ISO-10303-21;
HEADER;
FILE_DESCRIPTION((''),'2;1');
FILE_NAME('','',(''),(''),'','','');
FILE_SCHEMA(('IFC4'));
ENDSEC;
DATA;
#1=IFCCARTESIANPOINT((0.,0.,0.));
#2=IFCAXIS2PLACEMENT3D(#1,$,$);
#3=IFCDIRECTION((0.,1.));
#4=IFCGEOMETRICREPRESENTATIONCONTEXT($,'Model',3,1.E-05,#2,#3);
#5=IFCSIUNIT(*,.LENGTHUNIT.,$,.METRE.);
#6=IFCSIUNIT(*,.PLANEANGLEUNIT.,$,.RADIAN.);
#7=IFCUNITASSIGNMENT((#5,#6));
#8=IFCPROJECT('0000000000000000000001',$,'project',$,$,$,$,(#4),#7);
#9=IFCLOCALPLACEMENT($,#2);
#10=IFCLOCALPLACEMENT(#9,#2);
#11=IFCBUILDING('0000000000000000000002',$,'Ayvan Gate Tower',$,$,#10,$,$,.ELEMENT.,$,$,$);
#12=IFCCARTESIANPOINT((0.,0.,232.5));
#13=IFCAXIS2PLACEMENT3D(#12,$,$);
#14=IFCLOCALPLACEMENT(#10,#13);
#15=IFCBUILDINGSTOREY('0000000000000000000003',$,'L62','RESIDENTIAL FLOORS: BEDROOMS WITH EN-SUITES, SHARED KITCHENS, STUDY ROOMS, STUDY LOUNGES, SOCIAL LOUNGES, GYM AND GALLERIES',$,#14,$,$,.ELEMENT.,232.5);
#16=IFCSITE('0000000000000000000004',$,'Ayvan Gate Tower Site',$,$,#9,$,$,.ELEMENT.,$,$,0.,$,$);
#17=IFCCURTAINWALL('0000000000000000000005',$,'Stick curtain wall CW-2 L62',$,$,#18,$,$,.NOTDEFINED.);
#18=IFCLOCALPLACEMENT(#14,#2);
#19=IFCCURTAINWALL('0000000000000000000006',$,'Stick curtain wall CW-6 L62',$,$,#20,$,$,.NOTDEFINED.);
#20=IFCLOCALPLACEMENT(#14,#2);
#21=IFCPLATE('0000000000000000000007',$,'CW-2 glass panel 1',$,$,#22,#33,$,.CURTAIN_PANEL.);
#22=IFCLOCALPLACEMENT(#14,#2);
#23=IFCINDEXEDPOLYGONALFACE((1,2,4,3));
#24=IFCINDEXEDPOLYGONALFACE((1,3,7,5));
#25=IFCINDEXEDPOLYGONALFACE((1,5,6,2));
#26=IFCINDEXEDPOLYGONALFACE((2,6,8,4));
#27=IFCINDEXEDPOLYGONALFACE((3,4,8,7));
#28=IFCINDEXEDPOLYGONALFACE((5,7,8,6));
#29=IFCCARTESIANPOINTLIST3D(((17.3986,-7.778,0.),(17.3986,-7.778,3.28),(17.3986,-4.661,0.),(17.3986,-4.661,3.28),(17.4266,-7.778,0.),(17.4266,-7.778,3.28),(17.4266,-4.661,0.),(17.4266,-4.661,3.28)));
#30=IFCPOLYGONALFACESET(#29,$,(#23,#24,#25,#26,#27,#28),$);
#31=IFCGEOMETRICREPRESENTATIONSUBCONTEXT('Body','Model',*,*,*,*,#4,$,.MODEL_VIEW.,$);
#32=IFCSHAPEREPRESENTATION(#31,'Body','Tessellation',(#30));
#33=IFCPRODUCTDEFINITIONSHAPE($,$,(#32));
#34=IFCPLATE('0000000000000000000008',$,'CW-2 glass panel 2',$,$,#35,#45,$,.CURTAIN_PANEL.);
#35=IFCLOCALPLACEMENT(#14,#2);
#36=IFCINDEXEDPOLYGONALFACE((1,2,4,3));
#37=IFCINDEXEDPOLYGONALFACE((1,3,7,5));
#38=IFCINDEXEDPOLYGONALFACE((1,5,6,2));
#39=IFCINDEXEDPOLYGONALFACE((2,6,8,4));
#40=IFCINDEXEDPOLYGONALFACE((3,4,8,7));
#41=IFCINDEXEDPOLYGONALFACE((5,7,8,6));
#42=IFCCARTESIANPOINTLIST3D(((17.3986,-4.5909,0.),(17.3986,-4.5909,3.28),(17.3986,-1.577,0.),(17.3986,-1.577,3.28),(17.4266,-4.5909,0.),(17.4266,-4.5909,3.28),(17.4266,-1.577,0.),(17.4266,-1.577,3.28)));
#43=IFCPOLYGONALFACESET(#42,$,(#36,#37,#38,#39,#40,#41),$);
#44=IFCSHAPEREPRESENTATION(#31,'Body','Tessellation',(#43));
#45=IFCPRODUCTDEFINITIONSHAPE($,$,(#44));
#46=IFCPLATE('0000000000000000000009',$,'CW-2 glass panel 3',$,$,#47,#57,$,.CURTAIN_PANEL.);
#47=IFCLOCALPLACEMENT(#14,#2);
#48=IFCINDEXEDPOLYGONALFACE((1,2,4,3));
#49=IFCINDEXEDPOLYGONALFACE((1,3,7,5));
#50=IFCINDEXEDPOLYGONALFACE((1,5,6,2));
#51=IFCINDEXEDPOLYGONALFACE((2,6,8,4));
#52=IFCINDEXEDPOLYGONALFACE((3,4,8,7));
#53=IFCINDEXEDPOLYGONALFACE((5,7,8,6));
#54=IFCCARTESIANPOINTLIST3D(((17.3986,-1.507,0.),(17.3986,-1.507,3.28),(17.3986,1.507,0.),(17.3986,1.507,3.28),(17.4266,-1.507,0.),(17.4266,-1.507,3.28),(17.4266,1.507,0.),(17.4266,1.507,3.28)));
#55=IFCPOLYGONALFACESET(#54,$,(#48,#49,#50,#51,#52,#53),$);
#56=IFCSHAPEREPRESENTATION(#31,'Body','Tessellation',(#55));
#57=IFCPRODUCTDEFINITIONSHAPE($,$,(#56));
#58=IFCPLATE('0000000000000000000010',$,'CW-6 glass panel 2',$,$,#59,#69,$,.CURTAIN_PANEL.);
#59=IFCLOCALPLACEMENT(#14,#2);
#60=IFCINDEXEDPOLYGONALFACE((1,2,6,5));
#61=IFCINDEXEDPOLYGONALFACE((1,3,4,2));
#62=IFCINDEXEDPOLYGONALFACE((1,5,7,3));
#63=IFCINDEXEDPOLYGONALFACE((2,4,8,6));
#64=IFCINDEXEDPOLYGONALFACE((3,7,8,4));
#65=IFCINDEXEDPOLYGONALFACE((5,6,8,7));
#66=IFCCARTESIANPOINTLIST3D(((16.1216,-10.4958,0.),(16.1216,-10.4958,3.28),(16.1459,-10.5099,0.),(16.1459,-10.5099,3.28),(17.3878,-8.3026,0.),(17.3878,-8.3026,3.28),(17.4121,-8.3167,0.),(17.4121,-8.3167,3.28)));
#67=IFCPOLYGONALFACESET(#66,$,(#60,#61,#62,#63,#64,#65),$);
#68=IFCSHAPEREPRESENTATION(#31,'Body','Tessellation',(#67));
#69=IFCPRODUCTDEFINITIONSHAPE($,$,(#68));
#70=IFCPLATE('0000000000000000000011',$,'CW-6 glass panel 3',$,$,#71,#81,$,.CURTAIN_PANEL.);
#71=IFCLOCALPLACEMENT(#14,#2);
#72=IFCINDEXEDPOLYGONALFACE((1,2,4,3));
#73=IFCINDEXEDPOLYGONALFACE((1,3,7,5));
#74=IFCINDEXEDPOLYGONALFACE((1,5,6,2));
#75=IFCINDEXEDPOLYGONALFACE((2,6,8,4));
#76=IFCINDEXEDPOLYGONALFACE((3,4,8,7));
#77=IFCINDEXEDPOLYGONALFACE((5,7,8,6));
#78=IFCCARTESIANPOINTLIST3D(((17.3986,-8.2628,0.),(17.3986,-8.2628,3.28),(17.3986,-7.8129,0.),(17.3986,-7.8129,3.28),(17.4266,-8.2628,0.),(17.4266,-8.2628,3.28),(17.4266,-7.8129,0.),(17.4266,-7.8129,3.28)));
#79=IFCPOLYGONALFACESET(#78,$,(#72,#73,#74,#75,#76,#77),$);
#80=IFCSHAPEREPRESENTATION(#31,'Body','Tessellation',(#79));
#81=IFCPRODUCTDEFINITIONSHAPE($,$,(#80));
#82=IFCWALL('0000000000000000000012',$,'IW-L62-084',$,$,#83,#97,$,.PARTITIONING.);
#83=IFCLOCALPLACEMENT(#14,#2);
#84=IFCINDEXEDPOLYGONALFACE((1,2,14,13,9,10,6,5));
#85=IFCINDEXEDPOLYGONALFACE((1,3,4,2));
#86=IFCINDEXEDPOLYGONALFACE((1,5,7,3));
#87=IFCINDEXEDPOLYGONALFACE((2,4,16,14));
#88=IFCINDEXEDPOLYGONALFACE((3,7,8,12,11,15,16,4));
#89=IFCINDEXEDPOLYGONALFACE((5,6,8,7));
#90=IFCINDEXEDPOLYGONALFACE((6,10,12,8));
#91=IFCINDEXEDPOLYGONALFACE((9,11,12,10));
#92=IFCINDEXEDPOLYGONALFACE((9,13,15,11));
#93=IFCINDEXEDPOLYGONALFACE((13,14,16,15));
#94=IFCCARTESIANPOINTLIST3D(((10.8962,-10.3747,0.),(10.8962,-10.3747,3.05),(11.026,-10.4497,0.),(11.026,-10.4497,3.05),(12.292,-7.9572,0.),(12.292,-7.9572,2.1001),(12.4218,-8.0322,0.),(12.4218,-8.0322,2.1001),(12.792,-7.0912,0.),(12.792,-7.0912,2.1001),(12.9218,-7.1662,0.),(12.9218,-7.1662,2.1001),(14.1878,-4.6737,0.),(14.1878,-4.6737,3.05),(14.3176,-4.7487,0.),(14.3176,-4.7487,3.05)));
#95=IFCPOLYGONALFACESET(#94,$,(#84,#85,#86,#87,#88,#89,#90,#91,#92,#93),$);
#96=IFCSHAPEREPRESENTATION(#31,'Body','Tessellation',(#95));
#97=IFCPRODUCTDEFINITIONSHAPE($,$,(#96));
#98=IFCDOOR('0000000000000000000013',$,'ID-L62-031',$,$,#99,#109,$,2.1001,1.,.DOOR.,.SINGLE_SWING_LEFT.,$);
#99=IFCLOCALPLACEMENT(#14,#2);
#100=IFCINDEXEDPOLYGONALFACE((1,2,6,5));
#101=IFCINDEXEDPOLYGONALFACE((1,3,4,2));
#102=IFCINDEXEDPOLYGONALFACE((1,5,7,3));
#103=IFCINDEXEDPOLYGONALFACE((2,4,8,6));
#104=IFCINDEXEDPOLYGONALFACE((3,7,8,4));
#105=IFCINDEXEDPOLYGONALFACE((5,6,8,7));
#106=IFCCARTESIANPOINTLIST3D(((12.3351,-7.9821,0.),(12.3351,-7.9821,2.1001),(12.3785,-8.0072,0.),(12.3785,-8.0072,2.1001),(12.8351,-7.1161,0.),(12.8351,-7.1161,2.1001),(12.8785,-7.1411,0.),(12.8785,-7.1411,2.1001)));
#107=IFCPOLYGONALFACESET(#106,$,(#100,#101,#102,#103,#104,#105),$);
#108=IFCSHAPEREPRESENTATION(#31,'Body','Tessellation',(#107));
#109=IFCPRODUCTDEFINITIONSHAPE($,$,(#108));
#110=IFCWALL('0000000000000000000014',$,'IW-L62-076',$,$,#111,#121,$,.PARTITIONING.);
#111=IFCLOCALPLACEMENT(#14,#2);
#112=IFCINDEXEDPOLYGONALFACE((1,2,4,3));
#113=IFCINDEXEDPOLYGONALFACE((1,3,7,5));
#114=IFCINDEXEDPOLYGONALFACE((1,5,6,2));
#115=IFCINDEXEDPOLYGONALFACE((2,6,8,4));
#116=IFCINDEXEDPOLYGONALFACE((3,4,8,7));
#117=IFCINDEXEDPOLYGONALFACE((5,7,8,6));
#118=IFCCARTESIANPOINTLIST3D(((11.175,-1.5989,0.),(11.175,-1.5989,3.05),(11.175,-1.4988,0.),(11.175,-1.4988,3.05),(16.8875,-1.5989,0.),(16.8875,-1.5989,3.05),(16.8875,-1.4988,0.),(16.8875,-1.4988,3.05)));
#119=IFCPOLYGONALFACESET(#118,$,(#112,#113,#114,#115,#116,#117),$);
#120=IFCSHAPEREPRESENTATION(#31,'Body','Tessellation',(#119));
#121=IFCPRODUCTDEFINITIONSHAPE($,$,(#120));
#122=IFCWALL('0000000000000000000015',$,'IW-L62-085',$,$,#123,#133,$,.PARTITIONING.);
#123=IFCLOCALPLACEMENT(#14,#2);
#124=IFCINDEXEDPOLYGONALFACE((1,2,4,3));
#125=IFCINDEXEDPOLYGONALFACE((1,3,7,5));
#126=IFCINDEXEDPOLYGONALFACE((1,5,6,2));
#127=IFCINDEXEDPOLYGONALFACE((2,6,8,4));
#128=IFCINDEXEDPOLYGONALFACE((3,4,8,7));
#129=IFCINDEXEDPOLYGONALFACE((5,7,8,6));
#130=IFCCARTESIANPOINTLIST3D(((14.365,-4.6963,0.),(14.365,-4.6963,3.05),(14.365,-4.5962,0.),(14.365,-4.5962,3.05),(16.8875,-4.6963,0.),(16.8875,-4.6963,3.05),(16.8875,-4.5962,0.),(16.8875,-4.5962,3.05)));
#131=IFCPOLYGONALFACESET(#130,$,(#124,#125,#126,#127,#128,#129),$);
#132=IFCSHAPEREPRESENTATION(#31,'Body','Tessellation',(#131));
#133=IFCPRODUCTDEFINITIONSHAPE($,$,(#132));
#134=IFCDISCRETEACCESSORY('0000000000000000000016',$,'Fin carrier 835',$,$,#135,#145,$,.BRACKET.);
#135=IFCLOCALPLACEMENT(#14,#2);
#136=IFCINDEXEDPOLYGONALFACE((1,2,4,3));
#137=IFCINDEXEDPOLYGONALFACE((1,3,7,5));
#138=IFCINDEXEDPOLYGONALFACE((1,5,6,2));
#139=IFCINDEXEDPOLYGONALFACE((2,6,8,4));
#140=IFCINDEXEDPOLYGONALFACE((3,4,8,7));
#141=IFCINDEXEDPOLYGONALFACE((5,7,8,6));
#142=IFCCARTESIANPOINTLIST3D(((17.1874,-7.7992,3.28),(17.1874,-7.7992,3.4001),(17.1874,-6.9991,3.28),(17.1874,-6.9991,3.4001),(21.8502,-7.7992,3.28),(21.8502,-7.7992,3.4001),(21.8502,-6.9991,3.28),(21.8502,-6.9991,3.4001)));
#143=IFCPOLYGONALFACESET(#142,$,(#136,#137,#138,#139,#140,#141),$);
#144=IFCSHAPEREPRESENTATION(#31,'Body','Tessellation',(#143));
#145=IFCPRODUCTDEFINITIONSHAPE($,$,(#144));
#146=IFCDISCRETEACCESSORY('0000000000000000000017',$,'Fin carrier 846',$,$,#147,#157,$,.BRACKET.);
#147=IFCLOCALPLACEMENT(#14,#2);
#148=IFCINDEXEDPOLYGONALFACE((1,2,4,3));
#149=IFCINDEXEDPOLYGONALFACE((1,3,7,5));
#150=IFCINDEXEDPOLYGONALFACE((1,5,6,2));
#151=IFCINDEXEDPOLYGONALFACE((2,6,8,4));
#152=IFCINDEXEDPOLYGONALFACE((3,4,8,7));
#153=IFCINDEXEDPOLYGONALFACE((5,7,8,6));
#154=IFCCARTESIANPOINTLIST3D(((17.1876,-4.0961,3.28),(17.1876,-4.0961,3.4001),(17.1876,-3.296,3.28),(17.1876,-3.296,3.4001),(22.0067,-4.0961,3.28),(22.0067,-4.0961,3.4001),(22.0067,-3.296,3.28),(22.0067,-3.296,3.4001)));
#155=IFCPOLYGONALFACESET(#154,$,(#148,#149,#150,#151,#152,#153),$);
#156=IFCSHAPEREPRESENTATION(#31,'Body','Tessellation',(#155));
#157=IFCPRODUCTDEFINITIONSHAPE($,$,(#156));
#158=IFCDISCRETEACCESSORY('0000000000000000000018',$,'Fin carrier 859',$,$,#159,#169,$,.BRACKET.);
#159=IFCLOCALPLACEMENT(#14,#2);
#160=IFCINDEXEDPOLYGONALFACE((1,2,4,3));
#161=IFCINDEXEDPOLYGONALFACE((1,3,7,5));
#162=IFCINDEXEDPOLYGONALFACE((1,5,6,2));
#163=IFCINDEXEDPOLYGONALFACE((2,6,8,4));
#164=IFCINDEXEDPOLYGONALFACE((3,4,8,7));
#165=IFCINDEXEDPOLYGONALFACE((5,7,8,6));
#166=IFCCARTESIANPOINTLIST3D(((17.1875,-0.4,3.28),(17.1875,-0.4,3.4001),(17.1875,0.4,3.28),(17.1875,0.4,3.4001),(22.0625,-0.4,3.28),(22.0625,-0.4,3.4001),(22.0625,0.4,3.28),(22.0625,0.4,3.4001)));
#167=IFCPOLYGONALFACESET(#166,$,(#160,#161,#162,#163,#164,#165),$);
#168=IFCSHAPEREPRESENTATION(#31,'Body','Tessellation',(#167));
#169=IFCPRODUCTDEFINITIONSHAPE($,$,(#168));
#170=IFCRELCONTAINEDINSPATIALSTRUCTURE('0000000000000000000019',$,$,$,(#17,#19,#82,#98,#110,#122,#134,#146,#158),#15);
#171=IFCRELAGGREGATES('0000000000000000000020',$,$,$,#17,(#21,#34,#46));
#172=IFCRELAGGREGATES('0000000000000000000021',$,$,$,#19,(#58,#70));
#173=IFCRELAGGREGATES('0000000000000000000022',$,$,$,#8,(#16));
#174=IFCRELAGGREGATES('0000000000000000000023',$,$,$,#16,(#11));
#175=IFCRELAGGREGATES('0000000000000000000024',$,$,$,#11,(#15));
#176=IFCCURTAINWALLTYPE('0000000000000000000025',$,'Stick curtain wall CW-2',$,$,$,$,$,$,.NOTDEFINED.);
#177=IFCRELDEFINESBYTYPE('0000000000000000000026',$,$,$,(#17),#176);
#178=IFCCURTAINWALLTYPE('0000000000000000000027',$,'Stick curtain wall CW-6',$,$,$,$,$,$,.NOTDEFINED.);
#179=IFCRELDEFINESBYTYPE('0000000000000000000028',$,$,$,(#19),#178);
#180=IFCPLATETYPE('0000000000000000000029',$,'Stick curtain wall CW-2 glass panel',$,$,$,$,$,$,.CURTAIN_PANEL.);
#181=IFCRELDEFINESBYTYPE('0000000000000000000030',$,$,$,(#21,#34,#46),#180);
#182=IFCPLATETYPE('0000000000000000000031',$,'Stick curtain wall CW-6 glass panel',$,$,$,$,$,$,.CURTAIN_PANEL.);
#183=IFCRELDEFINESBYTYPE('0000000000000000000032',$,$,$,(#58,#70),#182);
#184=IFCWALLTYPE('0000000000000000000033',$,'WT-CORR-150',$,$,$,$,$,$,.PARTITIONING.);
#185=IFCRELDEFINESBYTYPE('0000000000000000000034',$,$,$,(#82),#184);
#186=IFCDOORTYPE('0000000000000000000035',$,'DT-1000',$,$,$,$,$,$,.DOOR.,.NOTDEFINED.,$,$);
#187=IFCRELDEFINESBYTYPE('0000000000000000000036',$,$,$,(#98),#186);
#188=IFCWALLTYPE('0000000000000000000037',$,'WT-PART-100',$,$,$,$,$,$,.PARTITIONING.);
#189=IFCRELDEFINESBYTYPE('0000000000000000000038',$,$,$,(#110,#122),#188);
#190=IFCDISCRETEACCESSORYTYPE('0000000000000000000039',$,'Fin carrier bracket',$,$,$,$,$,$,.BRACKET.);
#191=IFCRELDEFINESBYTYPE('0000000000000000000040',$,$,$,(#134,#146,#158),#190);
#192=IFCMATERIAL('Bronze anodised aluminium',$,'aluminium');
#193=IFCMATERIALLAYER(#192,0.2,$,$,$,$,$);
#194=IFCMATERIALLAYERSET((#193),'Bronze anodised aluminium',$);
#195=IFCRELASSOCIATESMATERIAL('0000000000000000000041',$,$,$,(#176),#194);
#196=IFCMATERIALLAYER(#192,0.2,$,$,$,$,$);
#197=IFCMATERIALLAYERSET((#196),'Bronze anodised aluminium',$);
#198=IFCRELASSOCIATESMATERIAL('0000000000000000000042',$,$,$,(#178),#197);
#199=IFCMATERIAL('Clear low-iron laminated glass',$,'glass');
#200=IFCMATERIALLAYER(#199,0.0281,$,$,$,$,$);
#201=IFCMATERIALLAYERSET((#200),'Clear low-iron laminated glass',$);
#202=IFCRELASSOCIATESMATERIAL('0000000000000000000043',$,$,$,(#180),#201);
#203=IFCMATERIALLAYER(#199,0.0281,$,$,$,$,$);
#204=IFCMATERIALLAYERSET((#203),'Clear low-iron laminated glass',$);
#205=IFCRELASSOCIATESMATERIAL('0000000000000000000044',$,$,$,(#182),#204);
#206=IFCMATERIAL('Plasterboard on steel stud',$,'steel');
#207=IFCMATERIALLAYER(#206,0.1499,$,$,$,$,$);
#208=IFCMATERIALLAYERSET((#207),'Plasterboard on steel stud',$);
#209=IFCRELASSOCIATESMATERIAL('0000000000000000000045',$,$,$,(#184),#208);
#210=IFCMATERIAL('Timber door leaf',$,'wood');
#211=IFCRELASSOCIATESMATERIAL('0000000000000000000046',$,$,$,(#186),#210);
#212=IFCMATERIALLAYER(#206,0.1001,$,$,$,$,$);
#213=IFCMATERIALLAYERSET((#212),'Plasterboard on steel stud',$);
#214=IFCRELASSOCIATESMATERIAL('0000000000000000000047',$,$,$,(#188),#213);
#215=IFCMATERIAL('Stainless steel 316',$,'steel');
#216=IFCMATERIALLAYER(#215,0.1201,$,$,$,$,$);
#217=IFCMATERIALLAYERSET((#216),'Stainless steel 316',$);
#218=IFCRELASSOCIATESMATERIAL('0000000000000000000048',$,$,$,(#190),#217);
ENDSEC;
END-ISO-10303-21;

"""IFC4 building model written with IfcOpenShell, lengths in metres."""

from ifc_helpers import new_model, si_unit, direction, frame, frame_2d, origin, origin_2d, place, context, subcontext, project, spatial, rectangle, extrude, material, layer, layer_set, type_object, element, fill, aggregate, save


model = new_model("IFC4")

# Units and contexts
model_context = context("Model", 3, precision=1e-05, world=origin(), true_north=direction((0.0, 1.0)))
body_context = subcontext(model_context, "Body", "Model", "MODEL_VIEW")
ifc_project = project(units=[si_unit("LENGTHUNIT", "METRE"), si_unit("PLANEANGLEUNIT", "RADIAN")], contexts=[model_context])

# Site, building, storey
site_placement = place(None, origin())
site = spatial("IfcSite", under=ifc_project, at=site_placement, Name="Ayvan Gate Tower Site", CompositionType="ELEMENT", RefElevation=0.0)
building_placement = place(site_placement, origin())
building = spatial("IfcBuilding", under=site, at=building_placement, Name="Ayvan Gate Tower", CompositionType="ELEMENT")
storey_placement = place(building_placement, frame((0.0, 0.0, 232.5)))
storey = spatial("IfcBuildingStorey", under=building, at=storey_placement, Name="L62", Description="RESIDENTIAL FLOORS: BEDROOMS WITH EN-SUITES, SHARED KITCHENS, STUDY ROOMS, STUDY LOUNGES, SOCIAL LOUNGES, GYM AND GALLERIES", CompositionType="ELEMENT", Elevation=232.5)

# Curtain walls
ifc_material_1 = material(Name="Bronze anodised aluminium", Category="aluminium")
ifc_layer_1 = layer(ifc_material_1, 0.2)
ifc_layer_set_1 = layer_set([ifc_layer_1], Name="Bronze anodised aluminium")
curtain_wall_type_1 = type_object("IfcCurtainWallType", Name="Stick curtain wall CW-2", PredefinedType="NOTDEFINED", material=ifc_layer_set_1)
curtain_wall_1_placement = place(storey_placement, origin())
curtain_wall_1 = element("IfcCurtainWall", 1, at=curtain_wall_1_placement, inside=storey, type_object=curtain_wall_type_1, Name="Stick curtain wall CW-2 L62", PredefinedType="NOTDEFINED")
ifc_layer_2 = layer(ifc_material_1, 0.2)
ifc_layer_set_2 = layer_set([ifc_layer_2], Name="Bronze anodised aluminium")
curtain_wall_type_2 = type_object("IfcCurtainWallType", Name="Stick curtain wall CW-6", PredefinedType="NOTDEFINED", material=ifc_layer_set_2)
curtain_wall_2_placement = place(storey_placement, origin())
curtain_wall_2 = element("IfcCurtainWall", 2, at=curtain_wall_2_placement, inside=storey, type_object=curtain_wall_type_2, Name="Stick curtain wall CW-6 L62", PredefinedType="NOTDEFINED")

# Plates
ifc_material_2 = material(Name="Clear low-iron laminated glass", Category="glass")
ifc_layer_3 = layer(ifc_material_2, 0.0281)
ifc_layer_set_3 = layer_set([ifc_layer_3], Name="Clear low-iron laminated glass")
plate_type_1 = type_object("IfcPlateType", Name="Stick curtain wall CW-2 glass panel", PredefinedType="CURTAIN_PANEL", material=ifc_layer_set_3)
plate_1_placement = place(storey_placement, frame((17.4126, -6.2195, 0.0), z_axis=(0.0, 0.0, 1.0), x_axis=(0.0, 1.0, 0.0)))
plate_1 = element("IfcPlate", 3, at=plate_1_placement, type_object=plate_type_1, Name="CW-2 glass panel 1", PredefinedType="CURTAIN_PANEL", context=body_context, shape_type="SweptSolid", body=[
    extrude(rectangle(XDim=3.1169, YDim=0.0281, at=origin_2d()), origin(), (0.0, 0.0, 1.0), 3.28),
])
plate_2_placement = place(storey_placement, frame((17.4126, -3.084, 0.0), z_axis=(0.0, 0.0, 1.0), x_axis=(0.0, 1.0, 0.0)))
plate_2 = element("IfcPlate", 4, at=plate_2_placement, type_object=plate_type_1, Name="CW-2 glass panel 2", PredefinedType="CURTAIN_PANEL", context=body_context, shape_type="SweptSolid", body=[
    extrude(rectangle(XDim=3.0139, YDim=0.0281, at=origin_2d()), origin(), (0.0, 0.0, 1.0), 3.28),
])
plate_3_placement = place(storey_placement, frame((17.4126, 0.0, 0.0), z_axis=(0.0, 0.0, 1.0), x_axis=(0.0, 1.0, 0.0)))
plate_3 = element("IfcPlate", 5, at=plate_3_placement, type_object=plate_type_1, Name="CW-2 glass panel 3", PredefinedType="CURTAIN_PANEL", context=body_context, shape_type="SweptSolid", body=[
    extrude(rectangle(XDim=3.0139, YDim=0.0281, at=origin_2d()), origin(), (0.0, 0.0, 1.0), 3.28),
])
aggregate(curtain_wall_1, [plate_1, plate_2, plate_3])
ifc_layer_4 = layer(ifc_material_2, 0.0281)
ifc_layer_set_4 = layer_set([ifc_layer_4], Name="Clear low-iron laminated glass")
plate_type_2 = type_object("IfcPlateType", Name="Stick curtain wall CW-6 glass panel", PredefinedType="CURTAIN_PANEL", material=ifc_layer_set_4)
plate_4_placement = place(storey_placement, frame((16.7668, -9.4062, 0.0), z_axis=(0.0, 0.0, 1.0), x_axis=(0.5, 0.866025, 0.0)))
plate_4 = element("IfcPlate", 6, at=plate_4_placement, type_object=plate_type_2, Name="CW-6 glass panel 2", PredefinedType="CURTAIN_PANEL", context=body_context, shape_type="SweptSolid", body=[
    extrude(rectangle(XDim=2.5325, YDim=0.0281, at=origin_2d()), origin(), (0.0, 0.0, 1.0), 3.28),
])
plate_5_placement = place(storey_placement, frame((17.4126, -8.0378, 0.0), z_axis=(0.0, 0.0, 1.0), x_axis=(0.0, 1.0, 0.0)))
plate_5 = element("IfcPlate", 7, at=plate_5_placement, type_object=plate_type_2, Name="CW-6 glass panel 3", PredefinedType="CURTAIN_PANEL", context=body_context, shape_type="SweptSolid", body=[
    extrude(rectangle(XDim=0.45, YDim=0.0281, at=origin_2d()), origin(), (0.0, 0.0, 1.0), 3.28),
])
aggregate(curtain_wall_2, [plate_4, plate_5])

# Wall, opening, door
ifc_material_3 = material(Name="Plasterboard on steel stud", Category="steel")
ifc_layer_5 = layer(ifc_material_3, 0.1499)
ifc_layer_set_5 = layer_set([ifc_layer_5], Name="Plasterboard on steel stud")
wall_type_1 = type_object("IfcWallType", Name="WT-CORR-150", PredefinedType="PARTITIONING", material=ifc_layer_set_5)
wall_1_placement = place(storey_placement, frame((14.2527, -4.7112, 0.0), z_axis=(0.0, 0.0, 1.0), x_axis=(-0.500008, -0.866021, 0.0)))
wall_1 = element("IfcWall", 8, at=wall_1_placement, inside=storey, type_object=wall_type_1, Name="IW-L62-084", PredefinedType="PARTITIONING", context=body_context, shape_type="SweptSolid", body=[
    extrude(rectangle(XDim=6.583, YDim=0.1499, at=frame_2d((3.2915, 0.0))), origin(), (0.0, 0.0, 1.0), 3.05),
])
opening_placement = place(wall_1_placement, frame((2.7915, 0.0, 0.0)))
opening = element("IfcOpeningElement", 9, at=opening_placement, cuts=wall_1, PredefinedType="OPENING", context=body_context, shape_type="SweptSolid", body=[
    extrude(rectangle(XDim=1.0, YDim=2.1001, at=frame_2d((0.5, 1.05))), frame((0.0, 0.085, 0.0), z_axis=(0.0, -1.0, 0.0), x_axis=(1.0, 0.0, 0.0)), (0.0, 0.0, 1.0), 0.1699),
])
ifc_material_4 = material(Name="Timber door leaf", Category="wood")
door_type = type_object("IfcDoorType", Name="DT-1000", OperationType="NOTDEFINED", PredefinedType="DOOR", material=ifc_material_4)
door_placement = place(opening_placement, origin())
door = element("IfcDoor", 10, at=door_placement, inside=storey, type_object=door_type, Name="ID-L62-031", OperationType="SINGLE_SWING_LEFT", OverallHeight=2.1001, OverallWidth=1.0, PredefinedType="DOOR", context=body_context, shape_type="SweptSolid", body=[
    extrude(rectangle(XDim=1.0, YDim=2.1001, at=frame_2d((0.5, 1.05))), frame((0.0, 0.0249, 0.0), z_axis=(0.0, -1.0, 0.0), x_axis=(1.0, 0.0, 0.0)), (0.0, 0.0, 1.0), 0.05),
])
fill(opening, door)

# Walls
ifc_layer_6 = layer(ifc_material_3, 0.1001)
ifc_layer_set_6 = layer_set([ifc_layer_6], Name="Plasterboard on steel stud")
wall_type_2 = type_object("IfcWallType", Name="WT-PART-100", PredefinedType="PARTITIONING", material=ifc_layer_set_6)
wall_2_placement = place(storey_placement, frame((11.175, -1.5488, 0.0), z_axis=(0.0, 0.0, 1.0), x_axis=(1.0, 0.0, 0.0)))
element("IfcWall", 11, at=wall_2_placement, inside=storey, type_object=wall_type_2, Name="IW-L62-076", PredefinedType="PARTITIONING", context=body_context, shape_type="SweptSolid", body=[
    extrude(rectangle(XDim=5.7124, YDim=0.1001, at=frame_2d((2.8562, 0.0))), origin(), (0.0, 0.0, 1.0), 3.05),
])
wall_3_placement = place(storey_placement, frame((16.8875, -4.6462, 0.0), z_axis=(0.0, 0.0, 1.0), x_axis=(-1.0, 0.0, 0.0)))
element("IfcWall", 12, at=wall_3_placement, inside=storey, type_object=wall_type_2, Name="IW-L62-085", PredefinedType="PARTITIONING", context=body_context, shape_type="SweptSolid", body=[
    extrude(rectangle(XDim=2.5225, YDim=0.1001, at=frame_2d((1.2612, 0.0))), origin(), (0.0, 0.0, 1.0), 3.05),
])

# Discrete accessories
ifc_material_5 = material(Name="Stainless steel 316", Category="steel")
ifc_layer_7 = layer(ifc_material_5, 0.1201)
ifc_layer_set_7 = layer_set([ifc_layer_7], Name="Stainless steel 316")
discrete_accessory_type = type_object("IfcDiscreteAccessoryType", Name="Fin carrier bracket", PredefinedType="BRACKET", material=ifc_layer_set_7)
discrete_accessory_1_placement = place(storey_placement, frame((19.5188, -7.3992, 3.28), z_axis=(0.0, 0.0, 1.0), x_axis=(0.0, 1.0, 0.0)))
element("IfcDiscreteAccessory", 13, at=discrete_accessory_1_placement, inside=storey, type_object=discrete_accessory_type, Name="Fin carrier 835", PredefinedType="BRACKET", context=body_context, shape_type="SweptSolid", body=[
    extrude(rectangle(XDim=0.8, YDim=4.6628, at=origin_2d()), origin(), (0.0, 0.0, 1.0), 0.1201),
])
discrete_accessory_2_placement = place(storey_placement, frame((19.5972, -3.696, 3.28), z_axis=(0.0, 0.0, 1.0), x_axis=(0.0, 1.0, 0.0)))
element("IfcDiscreteAccessory", 14, at=discrete_accessory_2_placement, inside=storey, type_object=discrete_accessory_type, Name="Fin carrier 846", PredefinedType="BRACKET", context=body_context, shape_type="SweptSolid", body=[
    extrude(rectangle(XDim=0.8, YDim=4.8191, at=origin_2d()), origin(), (0.0, 0.0, 1.0), 0.1201),
])
discrete_accessory_3_placement = place(storey_placement, frame((19.625, 0.0, 3.28), z_axis=(0.0, 0.0, 1.0), x_axis=(0.0, 1.0, 0.0)))
element("IfcDiscreteAccessory", 15, at=discrete_accessory_3_placement, inside=storey, type_object=discrete_accessory_type, Name="Fin carrier 859", PredefinedType="BRACKET", context=body_context, shape_type="SweptSolid", body=[
    extrude(rectangle(XDim=0.8, YDim=4.875, at=origin_2d()), origin(), (0.0, 0.0, 1.0), 0.1201),
])

save(model, "model.ifc")
